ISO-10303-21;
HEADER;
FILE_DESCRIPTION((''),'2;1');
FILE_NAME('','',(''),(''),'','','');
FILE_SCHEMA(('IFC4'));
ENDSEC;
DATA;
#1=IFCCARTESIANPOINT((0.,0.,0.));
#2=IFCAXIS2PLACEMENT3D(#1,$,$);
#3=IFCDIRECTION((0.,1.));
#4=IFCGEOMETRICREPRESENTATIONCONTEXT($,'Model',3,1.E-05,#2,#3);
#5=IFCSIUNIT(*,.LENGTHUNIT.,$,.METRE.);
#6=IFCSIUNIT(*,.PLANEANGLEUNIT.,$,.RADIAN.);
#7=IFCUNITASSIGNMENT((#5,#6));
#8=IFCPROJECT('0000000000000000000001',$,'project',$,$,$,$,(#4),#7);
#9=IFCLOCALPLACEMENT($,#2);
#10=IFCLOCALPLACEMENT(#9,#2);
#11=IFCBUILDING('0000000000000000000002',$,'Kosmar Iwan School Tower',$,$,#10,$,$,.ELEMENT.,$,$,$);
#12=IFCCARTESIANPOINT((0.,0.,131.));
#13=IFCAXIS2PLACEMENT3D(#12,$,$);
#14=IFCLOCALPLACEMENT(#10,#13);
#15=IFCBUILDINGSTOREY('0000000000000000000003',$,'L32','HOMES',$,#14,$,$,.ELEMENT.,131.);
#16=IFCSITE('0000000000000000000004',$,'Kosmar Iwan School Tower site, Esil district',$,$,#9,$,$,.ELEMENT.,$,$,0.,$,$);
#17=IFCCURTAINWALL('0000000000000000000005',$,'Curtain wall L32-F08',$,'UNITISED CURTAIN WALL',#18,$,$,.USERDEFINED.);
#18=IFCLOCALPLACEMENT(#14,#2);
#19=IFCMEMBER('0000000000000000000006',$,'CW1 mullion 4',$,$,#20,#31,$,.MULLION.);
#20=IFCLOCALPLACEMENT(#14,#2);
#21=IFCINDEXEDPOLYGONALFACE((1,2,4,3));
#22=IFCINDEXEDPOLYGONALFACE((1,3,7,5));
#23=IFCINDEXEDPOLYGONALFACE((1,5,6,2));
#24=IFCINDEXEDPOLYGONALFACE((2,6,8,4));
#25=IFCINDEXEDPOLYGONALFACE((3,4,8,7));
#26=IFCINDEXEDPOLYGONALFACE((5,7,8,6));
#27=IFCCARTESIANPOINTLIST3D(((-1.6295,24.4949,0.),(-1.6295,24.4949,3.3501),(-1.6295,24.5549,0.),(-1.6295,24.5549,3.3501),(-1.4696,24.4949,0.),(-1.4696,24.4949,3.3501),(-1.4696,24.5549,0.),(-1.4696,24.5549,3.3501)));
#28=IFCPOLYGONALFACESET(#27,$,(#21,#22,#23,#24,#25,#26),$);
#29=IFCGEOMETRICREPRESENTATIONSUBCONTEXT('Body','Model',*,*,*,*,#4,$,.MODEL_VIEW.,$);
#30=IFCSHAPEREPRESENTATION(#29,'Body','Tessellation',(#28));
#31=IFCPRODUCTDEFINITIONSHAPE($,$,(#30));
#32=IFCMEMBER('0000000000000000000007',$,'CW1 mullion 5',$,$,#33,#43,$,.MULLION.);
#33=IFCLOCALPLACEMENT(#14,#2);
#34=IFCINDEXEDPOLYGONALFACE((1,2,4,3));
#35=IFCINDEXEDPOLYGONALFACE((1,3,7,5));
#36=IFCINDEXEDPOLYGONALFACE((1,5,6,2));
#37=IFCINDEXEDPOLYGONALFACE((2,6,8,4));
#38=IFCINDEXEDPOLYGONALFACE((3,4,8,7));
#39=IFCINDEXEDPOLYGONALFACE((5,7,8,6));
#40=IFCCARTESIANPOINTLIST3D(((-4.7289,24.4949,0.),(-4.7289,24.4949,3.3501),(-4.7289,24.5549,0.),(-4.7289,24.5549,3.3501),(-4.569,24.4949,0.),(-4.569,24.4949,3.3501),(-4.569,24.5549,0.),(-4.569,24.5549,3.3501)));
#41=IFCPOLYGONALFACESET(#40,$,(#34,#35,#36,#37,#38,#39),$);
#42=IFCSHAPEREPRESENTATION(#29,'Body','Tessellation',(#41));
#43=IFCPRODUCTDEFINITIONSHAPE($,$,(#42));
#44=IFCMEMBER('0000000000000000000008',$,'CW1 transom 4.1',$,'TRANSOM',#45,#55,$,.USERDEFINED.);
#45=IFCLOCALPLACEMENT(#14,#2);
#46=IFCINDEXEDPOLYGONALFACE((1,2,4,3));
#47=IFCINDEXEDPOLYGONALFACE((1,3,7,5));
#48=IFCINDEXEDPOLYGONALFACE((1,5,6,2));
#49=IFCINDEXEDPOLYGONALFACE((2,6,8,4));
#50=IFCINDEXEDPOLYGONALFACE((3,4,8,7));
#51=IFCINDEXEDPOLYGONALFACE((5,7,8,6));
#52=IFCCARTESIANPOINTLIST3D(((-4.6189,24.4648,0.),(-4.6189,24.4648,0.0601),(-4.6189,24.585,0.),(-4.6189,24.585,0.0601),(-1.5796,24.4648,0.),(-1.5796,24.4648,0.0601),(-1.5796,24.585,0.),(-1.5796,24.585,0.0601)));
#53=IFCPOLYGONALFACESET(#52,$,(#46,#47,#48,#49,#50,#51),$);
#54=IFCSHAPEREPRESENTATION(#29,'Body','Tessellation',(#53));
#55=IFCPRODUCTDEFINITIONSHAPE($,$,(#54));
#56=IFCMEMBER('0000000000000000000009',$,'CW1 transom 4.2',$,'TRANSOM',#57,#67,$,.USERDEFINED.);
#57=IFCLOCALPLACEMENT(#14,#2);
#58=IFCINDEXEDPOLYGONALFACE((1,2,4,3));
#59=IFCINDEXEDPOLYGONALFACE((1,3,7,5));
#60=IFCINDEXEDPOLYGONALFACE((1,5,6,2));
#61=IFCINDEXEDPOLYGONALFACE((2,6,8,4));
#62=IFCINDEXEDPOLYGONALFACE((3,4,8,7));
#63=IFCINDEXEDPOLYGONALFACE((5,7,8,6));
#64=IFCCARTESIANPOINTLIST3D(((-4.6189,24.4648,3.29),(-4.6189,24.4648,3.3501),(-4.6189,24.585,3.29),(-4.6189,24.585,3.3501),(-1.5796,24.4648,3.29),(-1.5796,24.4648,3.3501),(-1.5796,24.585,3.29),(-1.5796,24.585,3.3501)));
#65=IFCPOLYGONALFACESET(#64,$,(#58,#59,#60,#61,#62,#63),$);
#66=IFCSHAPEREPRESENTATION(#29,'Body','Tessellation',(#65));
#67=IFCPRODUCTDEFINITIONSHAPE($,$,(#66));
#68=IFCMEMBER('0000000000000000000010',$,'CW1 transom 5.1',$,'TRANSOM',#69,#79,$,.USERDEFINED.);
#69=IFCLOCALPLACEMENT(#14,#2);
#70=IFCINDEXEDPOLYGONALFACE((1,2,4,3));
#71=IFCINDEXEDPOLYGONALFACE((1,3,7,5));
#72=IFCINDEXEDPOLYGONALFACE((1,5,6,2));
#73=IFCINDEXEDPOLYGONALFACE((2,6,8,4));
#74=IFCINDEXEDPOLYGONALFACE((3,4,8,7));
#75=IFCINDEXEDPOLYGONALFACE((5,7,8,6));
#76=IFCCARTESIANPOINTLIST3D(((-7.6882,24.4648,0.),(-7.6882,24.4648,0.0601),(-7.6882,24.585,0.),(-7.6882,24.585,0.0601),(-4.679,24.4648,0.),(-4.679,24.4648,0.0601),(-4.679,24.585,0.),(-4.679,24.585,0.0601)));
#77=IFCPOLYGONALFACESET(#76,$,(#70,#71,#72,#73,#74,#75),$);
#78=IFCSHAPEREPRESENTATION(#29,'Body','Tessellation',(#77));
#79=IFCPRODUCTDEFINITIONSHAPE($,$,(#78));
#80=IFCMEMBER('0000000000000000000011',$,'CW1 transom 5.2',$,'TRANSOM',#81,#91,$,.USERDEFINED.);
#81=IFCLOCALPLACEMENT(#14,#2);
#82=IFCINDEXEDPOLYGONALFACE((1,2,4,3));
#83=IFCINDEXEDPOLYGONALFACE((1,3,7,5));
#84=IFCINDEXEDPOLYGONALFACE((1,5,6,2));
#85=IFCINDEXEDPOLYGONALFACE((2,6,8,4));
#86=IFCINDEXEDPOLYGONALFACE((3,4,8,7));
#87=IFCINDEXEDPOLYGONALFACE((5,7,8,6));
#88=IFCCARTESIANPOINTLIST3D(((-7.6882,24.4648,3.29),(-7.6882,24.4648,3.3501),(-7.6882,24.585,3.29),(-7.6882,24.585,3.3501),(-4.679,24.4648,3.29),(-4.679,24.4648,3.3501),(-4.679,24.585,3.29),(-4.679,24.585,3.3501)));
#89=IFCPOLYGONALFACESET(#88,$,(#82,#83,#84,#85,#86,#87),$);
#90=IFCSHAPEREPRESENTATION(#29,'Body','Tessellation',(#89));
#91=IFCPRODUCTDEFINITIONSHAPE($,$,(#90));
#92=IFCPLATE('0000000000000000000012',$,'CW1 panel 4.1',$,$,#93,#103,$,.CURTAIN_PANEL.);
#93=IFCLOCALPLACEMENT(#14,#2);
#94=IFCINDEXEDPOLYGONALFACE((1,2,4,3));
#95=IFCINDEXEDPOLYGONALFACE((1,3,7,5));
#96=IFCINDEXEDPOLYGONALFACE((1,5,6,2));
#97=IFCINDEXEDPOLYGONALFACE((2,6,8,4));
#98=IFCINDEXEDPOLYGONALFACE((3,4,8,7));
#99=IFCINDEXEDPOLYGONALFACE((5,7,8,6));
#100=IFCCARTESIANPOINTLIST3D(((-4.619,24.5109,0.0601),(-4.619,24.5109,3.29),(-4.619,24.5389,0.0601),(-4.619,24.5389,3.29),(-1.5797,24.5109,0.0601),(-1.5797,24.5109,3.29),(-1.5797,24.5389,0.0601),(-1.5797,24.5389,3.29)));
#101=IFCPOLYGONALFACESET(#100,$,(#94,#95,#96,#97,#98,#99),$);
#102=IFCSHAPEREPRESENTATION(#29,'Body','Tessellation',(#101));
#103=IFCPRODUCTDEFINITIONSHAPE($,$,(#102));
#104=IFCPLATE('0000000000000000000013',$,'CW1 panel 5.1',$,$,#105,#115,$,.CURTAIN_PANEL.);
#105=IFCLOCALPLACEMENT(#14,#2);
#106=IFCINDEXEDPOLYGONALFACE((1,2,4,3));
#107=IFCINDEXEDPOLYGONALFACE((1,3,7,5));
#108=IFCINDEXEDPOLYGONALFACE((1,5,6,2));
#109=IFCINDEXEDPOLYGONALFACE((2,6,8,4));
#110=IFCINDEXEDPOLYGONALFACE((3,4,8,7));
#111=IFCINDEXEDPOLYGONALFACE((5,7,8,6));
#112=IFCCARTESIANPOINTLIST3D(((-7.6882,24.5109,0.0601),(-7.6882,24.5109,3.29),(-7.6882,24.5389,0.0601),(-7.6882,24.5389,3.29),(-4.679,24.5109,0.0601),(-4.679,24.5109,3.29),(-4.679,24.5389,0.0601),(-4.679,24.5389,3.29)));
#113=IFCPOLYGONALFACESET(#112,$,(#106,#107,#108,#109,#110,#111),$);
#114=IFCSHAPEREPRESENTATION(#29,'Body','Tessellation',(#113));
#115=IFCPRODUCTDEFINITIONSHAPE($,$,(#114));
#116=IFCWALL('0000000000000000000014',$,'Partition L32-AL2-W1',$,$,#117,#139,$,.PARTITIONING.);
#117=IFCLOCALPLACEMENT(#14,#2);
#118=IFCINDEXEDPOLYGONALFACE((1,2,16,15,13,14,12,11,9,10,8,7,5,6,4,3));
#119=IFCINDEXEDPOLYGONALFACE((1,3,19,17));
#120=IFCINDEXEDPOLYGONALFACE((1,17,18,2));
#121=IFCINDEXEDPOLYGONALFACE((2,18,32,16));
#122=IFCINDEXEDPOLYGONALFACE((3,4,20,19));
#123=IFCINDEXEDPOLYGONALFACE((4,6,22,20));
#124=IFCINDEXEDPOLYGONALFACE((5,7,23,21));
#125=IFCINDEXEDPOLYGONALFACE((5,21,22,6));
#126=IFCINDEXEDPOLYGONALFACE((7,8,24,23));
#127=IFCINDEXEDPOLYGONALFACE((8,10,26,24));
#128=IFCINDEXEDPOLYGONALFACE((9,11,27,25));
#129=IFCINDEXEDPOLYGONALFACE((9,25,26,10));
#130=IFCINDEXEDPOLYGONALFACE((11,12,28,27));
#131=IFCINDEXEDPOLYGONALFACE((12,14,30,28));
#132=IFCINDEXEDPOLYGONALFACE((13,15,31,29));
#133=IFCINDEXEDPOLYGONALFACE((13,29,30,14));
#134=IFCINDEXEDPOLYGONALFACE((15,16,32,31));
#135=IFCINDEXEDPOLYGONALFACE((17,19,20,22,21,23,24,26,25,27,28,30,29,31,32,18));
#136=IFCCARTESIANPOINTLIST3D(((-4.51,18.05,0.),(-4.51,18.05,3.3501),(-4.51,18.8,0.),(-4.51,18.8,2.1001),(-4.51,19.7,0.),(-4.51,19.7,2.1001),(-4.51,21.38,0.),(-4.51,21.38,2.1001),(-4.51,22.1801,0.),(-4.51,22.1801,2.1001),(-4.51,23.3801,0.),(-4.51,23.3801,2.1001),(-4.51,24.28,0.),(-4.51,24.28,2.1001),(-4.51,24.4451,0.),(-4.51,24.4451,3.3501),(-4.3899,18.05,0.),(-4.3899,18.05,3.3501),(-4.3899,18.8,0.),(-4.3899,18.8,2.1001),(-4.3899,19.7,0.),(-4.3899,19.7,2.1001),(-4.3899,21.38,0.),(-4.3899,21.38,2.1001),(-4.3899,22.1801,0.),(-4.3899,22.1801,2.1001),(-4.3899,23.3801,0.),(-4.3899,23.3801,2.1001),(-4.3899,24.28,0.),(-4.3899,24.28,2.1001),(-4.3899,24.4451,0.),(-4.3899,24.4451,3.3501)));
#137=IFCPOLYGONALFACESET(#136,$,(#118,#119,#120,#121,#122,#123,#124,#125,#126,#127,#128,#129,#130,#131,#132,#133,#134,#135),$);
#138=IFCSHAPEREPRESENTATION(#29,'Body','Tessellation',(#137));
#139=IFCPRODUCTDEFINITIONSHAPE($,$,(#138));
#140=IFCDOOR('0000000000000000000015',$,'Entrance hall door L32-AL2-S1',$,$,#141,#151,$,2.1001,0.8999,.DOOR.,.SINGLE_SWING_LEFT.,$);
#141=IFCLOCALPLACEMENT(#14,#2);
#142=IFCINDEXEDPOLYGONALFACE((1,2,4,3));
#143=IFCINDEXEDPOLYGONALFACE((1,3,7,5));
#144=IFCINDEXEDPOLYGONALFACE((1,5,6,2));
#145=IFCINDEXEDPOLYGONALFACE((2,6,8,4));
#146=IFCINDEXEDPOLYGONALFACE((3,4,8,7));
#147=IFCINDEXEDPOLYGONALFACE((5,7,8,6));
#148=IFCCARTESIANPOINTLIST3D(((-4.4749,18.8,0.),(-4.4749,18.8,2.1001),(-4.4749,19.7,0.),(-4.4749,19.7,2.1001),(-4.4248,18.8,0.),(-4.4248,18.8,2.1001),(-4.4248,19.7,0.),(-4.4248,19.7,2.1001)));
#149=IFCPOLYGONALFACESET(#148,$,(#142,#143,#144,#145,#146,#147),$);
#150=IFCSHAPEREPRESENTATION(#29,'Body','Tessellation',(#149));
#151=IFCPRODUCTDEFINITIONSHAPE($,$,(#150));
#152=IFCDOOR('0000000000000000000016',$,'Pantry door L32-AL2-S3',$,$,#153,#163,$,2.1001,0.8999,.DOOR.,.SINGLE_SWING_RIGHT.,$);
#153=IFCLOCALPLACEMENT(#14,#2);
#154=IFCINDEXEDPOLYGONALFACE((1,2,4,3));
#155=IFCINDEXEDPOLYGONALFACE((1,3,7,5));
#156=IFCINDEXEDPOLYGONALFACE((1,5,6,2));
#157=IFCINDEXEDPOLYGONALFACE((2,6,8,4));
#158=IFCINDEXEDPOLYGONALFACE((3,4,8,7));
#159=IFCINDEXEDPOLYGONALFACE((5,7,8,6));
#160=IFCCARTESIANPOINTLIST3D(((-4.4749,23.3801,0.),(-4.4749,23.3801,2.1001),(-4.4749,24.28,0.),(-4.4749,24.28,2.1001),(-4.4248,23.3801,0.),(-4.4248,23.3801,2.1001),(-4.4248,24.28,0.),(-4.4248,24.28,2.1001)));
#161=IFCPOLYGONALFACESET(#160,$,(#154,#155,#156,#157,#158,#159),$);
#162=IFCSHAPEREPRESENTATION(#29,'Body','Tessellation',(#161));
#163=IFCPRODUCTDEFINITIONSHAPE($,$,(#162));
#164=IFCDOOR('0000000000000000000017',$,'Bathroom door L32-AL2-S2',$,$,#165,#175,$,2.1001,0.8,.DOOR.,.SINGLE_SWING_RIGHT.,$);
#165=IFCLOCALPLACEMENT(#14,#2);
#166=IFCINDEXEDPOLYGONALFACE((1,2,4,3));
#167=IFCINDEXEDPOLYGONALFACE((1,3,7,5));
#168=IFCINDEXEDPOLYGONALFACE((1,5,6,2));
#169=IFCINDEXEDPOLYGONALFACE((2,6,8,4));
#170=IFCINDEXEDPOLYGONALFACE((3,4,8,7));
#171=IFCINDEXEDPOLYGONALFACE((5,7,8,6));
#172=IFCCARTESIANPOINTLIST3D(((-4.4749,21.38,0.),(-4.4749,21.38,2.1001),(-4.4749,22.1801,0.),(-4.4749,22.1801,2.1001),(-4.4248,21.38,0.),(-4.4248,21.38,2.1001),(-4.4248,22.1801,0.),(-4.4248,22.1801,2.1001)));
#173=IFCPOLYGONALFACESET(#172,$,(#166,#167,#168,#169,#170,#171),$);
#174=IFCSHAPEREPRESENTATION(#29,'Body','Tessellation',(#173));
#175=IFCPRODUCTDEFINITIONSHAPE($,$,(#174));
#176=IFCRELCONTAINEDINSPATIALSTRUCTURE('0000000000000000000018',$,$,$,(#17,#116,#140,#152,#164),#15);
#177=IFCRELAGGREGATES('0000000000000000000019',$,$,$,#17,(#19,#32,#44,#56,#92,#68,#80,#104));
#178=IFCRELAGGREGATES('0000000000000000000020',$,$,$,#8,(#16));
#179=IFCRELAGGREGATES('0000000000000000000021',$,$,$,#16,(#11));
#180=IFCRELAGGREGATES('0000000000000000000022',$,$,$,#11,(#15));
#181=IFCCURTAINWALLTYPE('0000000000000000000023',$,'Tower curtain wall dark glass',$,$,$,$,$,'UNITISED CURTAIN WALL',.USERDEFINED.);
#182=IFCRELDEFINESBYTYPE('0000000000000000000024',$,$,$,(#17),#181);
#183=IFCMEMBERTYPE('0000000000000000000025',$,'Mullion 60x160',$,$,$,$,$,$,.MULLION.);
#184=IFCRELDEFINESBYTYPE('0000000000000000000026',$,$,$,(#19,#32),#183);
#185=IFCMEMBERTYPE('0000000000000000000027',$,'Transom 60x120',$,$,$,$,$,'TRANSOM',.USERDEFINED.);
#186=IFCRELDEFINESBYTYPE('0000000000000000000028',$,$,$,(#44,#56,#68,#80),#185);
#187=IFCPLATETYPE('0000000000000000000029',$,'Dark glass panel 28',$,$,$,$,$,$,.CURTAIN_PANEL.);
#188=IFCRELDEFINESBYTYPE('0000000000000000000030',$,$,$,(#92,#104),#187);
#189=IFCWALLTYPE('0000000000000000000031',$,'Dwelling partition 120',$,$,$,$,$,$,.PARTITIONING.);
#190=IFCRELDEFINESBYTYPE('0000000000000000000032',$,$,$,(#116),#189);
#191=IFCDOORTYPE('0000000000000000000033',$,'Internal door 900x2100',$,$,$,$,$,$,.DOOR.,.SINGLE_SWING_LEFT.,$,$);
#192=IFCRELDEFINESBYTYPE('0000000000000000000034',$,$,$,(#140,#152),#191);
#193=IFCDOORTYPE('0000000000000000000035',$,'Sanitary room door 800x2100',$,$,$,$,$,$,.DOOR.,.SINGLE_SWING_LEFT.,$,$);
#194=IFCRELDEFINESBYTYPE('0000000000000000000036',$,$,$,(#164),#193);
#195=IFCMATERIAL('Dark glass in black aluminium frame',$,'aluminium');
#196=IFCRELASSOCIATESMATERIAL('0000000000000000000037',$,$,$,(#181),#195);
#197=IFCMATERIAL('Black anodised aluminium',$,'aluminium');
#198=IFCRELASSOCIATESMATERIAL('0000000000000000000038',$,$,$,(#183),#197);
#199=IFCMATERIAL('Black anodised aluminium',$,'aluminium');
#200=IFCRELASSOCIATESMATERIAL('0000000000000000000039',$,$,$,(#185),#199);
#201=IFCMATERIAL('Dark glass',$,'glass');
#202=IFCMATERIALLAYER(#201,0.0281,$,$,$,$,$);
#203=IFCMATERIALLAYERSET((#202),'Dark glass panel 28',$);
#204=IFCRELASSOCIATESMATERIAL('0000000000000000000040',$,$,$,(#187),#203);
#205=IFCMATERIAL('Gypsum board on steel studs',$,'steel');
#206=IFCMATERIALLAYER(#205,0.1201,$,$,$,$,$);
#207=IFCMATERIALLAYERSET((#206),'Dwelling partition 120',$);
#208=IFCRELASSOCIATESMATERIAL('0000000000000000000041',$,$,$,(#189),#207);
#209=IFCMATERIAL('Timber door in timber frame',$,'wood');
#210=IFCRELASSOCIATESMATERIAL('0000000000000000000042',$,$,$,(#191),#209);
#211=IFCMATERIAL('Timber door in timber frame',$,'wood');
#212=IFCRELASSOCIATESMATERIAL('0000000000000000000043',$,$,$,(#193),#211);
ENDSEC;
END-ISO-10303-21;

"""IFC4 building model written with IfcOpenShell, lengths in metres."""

from ifc_helpers import new_model, si_unit, direction, frame, frame_2d, origin, origin_2d, place, context, subcontext, project, spatial, rectangle, extrude, material, layer, layer_set, material_profile, profile_set, type_object, element, fill, aggregate, save


model = new_model("IFC4")

# Units and contexts
model_context = context("Model", 3, precision=1e-05, world=origin(), true_north=direction((0.0, 1.0)))
body_context = subcontext(model_context, "Body", "Model", "MODEL_VIEW")
ifc_project = project(units=[si_unit("LENGTHUNIT", "METRE"), si_unit("PLANEANGLEUNIT", "RADIAN")], contexts=[model_context])

# Site, building, storey
site_placement = place(None, origin())
site = spatial("IfcSite", under=ifc_project, at=site_placement, Name="Kosmar Iwan School Tower site, Esil district", CompositionType="ELEMENT", RefElevation=0.0)
building_placement = place(site_placement, origin())
building = spatial("IfcBuilding", under=site, at=building_placement, Name="Kosmar Iwan School Tower", CompositionType="ELEMENT")
storey_placement = place(building_placement, frame((0.0, 0.0, 131.0)))
storey = spatial("IfcBuildingStorey", under=building, at=storey_placement, Name="L32", Description="HOMES", CompositionType="ELEMENT", Elevation=131.0)

# Curtain wall, members, plates
ifc_material_1 = material(Name="Dark glass in black aluminium frame", Category="aluminium")
curtain_wall_type = type_object("IfcCurtainWallType", Name="Tower curtain wall dark glass", ElementType="UNITISED CURTAIN WALL", PredefinedType="USERDEFINED", material=ifc_material_1)
curtain_wall_placement = place(storey_placement, origin())
curtain_wall = element("IfcCurtainWall", 1, at=curtain_wall_placement, inside=storey, type_object=curtain_wall_type, Name="Curtain wall L32-F08", ObjectType="UNITISED CURTAIN WALL", PredefinedType="USERDEFINED")
ifc_material_2 = material(Name="Black anodised aluminium", Category="aluminium")
ifc_material_profile_1 = material_profile(ifc_material_2, rectangle(XDim=0.0601, YDim=0.1599, at=origin_2d()), Name="MULLION 60x160")
ifc_profile_set_1 = profile_set([ifc_material_profile_1], Name="Black anodised aluminium")
member_type_1 = type_object("IfcMemberType", Name="Mullion 60x160", PredefinedType="MULLION", material=ifc_profile_set_1)
member_1_placement = place(storey_placement, frame((-1.5496, 24.5249, 0.0), z_axis=(0.0, 0.0, 1.0), x_axis=(0.0, -1.0, 0.0)))
member_1 = element("IfcMember", 2, at=member_1_placement, type_object=member_type_1, Name="CW1 mullion 4", PredefinedType="MULLION", context=body_context, shape_type="SweptSolid", body=[
    extrude(rectangle(XDim=0.0601, YDim=0.1599, at=origin_2d()), origin(), (0.0, 0.0, 1.0), 3.3501),
])
member_2_placement = place(storey_placement, frame((-4.6489, 24.5249, 0.0), z_axis=(0.0, 0.0, 1.0), x_axis=(0.0, -1.0, 0.0)))
member_2 = element("IfcMember", 3, at=member_2_placement, type_object=member_type_1, Name="CW1 mullion 5", PredefinedType="MULLION", context=body_context, shape_type="SweptSolid", body=[
    extrude(rectangle(XDim=0.0601, YDim=0.1599, at=origin_2d()), origin(), (0.0, 0.0, 1.0), 3.3501),
])
ifc_material_3 = material(Name="Black anodised aluminium", Category="aluminium")
ifc_material_profile_2 = material_profile(ifc_material_3, rectangle(XDim=0.1201, YDim=0.0601, at=origin_2d()), Name="TRANSOM 60x120")
ifc_profile_set_2 = profile_set([ifc_material_profile_2], Name="Black anodised aluminium")
member_type_2 = type_object("IfcMemberType", Name="Transom 60x120", ElementType="TRANSOM", PredefinedType="USERDEFINED", material=ifc_profile_set_2)
member_3_placement = place(storey_placement, frame((-1.5796, 24.5249, 0.03), z_axis=(-1.0, 0.0, 0.0), x_axis=(0.0, -1.0, 0.0)))
member_3 = element("IfcMember", 4, at=member_3_placement, type_object=member_type_2, Name="CW1 transom 4.1", ObjectType="TRANSOM", PredefinedType="USERDEFINED", context=body_context, shape_type="SweptSolid", body=[
    extrude(rectangle(XDim=0.1201, YDim=0.0601, at=origin_2d()), origin(), (0.0, 0.0, 1.0), 3.0393),
])
member_4_placement = place(storey_placement, frame((-1.5796, 24.5249, 3.3201), z_axis=(-1.0, 0.0, 0.0), x_axis=(0.0, -1.0, 0.0)))
member_4 = element("IfcMember", 5, at=member_4_placement, type_object=member_type_2, Name="CW1 transom 4.2", ObjectType="TRANSOM", PredefinedType="USERDEFINED", context=body_context, shape_type="SweptSolid", body=[
    extrude(rectangle(XDim=0.1201, YDim=0.0601, at=origin_2d()), origin(), (0.0, 0.0, 1.0), 3.0393),
])
member_5_placement = place(storey_placement, frame((-4.679, 24.5249, 0.03), z_axis=(-1.0, 0.0, 0.0), x_axis=(0.0, -1.0, 0.0)))
member_5 = element("IfcMember", 6, at=member_5_placement, type_object=member_type_2, Name="CW1 transom 5.1", ObjectType="TRANSOM", PredefinedType="USERDEFINED", context=body_context, shape_type="SweptSolid", body=[
    extrude(rectangle(XDim=0.1201, YDim=0.0601, at=origin_2d()), origin(), (0.0, 0.0, 1.0), 3.0093),
])
member_6_placement = place(storey_placement, frame((-4.679, 24.5249, 3.3201), z_axis=(-1.0, 0.0, 0.0), x_axis=(0.0, -1.0, 0.0)))
member_6 = element("IfcMember", 7, at=member_6_placement, type_object=member_type_2, Name="CW1 transom 5.2", ObjectType="TRANSOM", PredefinedType="USERDEFINED", context=body_context, shape_type="SweptSolid", body=[
    extrude(rectangle(XDim=0.1201, YDim=0.0601, at=origin_2d()), origin(), (0.0, 0.0, 1.0), 3.0093),
])
ifc_material_4 = material(Name="Dark glass", Category="glass")
ifc_layer_1 = layer(ifc_material_4, 0.0281)
ifc_layer_set_1 = layer_set([ifc_layer_1], Name="Dark glass panel 28")
plate_type = type_object("IfcPlateType", Name="Dark glass panel 28", PredefinedType="CURTAIN_PANEL", material=ifc_layer_set_1)
plate_1_placement = place(storey_placement, frame((-3.0994, 24.5249, 0.0601), z_axis=(0.0, 0.0, 1.0), x_axis=(-1.0, 0.0, 0.0)))
plate_1 = element("IfcPlate", 8, at=plate_1_placement, type_object=plate_type, Name="CW1 panel 4.1", PredefinedType="CURTAIN_PANEL", context=body_context, shape_type="SweptSolid", body=[
    extrude(rectangle(XDim=3.0393, YDim=0.0281, at=origin_2d()), origin(), (0.0, 0.0, 1.0), 3.23),
])
plate_2_placement = place(storey_placement, frame((-6.1836, 24.5249, 0.0601), z_axis=(0.0, 0.0, 1.0), x_axis=(-1.0, 0.0, 0.0)))
plate_2 = element("IfcPlate", 9, at=plate_2_placement, type_object=plate_type, Name="CW1 panel 5.1", PredefinedType="CURTAIN_PANEL", context=body_context, shape_type="SweptSolid", body=[
    extrude(rectangle(XDim=3.0093, YDim=0.0281, at=origin_2d()), origin(), (0.0, 0.0, 1.0), 3.23),
])
aggregate(curtain_wall, [member_1, member_2, member_3, member_4, plate_1, member_5, member_6, plate_2])

# Wall, openings, doors
ifc_material_5 = material(Name="Gypsum board on steel studs", Category="steel")
ifc_layer_2 = layer(ifc_material_5, 0.1201)
ifc_layer_set_2 = layer_set([ifc_layer_2], Name="Dwelling partition 120")
wall_type = type_object("IfcWallType", Name="Dwelling partition 120", PredefinedType="PARTITIONING", material=ifc_layer_set_2)
wall_1_placement = place(storey_placement, frame((-4.45, 18.05, 0.0), z_axis=(0.0, 0.0, 1.0), x_axis=(0.0, 1.0, 0.0)))
wall_1 = element("IfcWall", 10, at=wall_1_placement, inside=storey, type_object=wall_type, Name="Partition L32-AL2-W1", PredefinedType="PARTITIONING", context=body_context, shape_type="SweptSolid", body=[
    extrude(rectangle(XDim=6.395, YDim=0.1201, at=frame_2d((3.1975, 0.0))), origin(), (0.0, 0.0, 1.0), 3.3501),
])
opening_1_placement = place(wall_1_placement, frame((0.75, 0.0, 0.0)))
opening_1 = element("IfcOpeningElement", 11, at=opening_1_placement, cuts=wall_1, PredefinedType="OPENING", context=body_context, shape_type="SweptSolid", body=[
    extrude(rectangle(XDim=0.8999, YDim=2.1001, at=frame_2d((0.45, 1.05))), frame((0.0, 0.072, 0.0), z_axis=(0.0, -1.0, 0.0), x_axis=(1.0, 0.0, 0.0)), (0.0, 0.0, 1.0), 0.144),
])
opening_2_placement = place(wall_1_placement, frame((3.3301, 0.0, 0.0)))
opening_2 = element("IfcOpeningElement", 12, at=opening_2_placement, cuts=wall_1, PredefinedType="OPENING", context=body_context, shape_type="SweptSolid", body=[
    extrude(rectangle(XDim=0.8, YDim=2.1001, at=frame_2d((0.3999, 1.05))), frame((0.0, 0.072, 0.0), z_axis=(0.0, -1.0, 0.0), x_axis=(1.0, 0.0, 0.0)), (0.0, 0.0, 1.0), 0.144),
])
opening_3_placement = place(wall_1_placement, frame((5.3301, 0.0, 0.0)))
opening_3 = element("IfcOpeningElement", 13, at=opening_3_placement, cuts=wall_1, PredefinedType="OPENING", context=body_context, shape_type="SweptSolid", body=[
    extrude(rectangle(XDim=0.8999, YDim=2.1001, at=frame_2d((0.45, 1.05))), frame((0.0, 0.072, 0.0), z_axis=(0.0, -1.0, 0.0), x_axis=(1.0, 0.0, 0.0)), (0.0, 0.0, 1.0), 0.144),
])
ifc_material_6 = material(Name="Timber door in timber frame", Category="wood")
door_type_1 = type_object("IfcDoorType", Name="Internal door 900x2100", OperationType="SINGLE_SWING_LEFT", PredefinedType="DOOR", material=ifc_material_6)
door_1_placement = place(opening_1_placement, origin())
door_1 = element("IfcDoor", 14, at=door_1_placement, inside=storey, type_object=door_type_1, Name="Entrance hall door L32-AL2-S1", OperationType="SINGLE_SWING_LEFT", OverallHeight=2.1001, OverallWidth=0.8999, PredefinedType="DOOR", context=body_context, shape_type="SweptSolid", body=[
    extrude(rectangle(XDim=0.8999, YDim=2.1001, at=frame_2d((0.45, 1.05))), frame((0.0, 0.0249, 0.0), z_axis=(0.0, -1.0, 0.0), x_axis=(1.0, 0.0, 0.0)), (0.0, 0.0, 1.0), 0.05),
])
fill(opening_1, door_1)
door_2_placement = place(opening_3_placement, origin())
door_2 = element("IfcDoor", 15, at=door_2_placement, inside=storey, type_object=door_type_1, Name="Pantry door L32-AL2-S3", OperationType="SINGLE_SWING_RIGHT", OverallHeight=2.1001, OverallWidth=0.8999, PredefinedType="DOOR", context=body_context, shape_type="SweptSolid", body=[
    extrude(rectangle(XDim=0.8999, YDim=2.1001, at=frame_2d((0.45, 1.05))), frame((0.0, 0.0249, 0.0), z_axis=(0.0, -1.0, 0.0), x_axis=(1.0, 0.0, 0.0)), (0.0, 0.0, 1.0), 0.05),
])
fill(opening_3, door_2)
ifc_material_7 = material(Name="Timber door in timber frame", Category="wood")
door_type_2 = type_object("IfcDoorType", Name="Sanitary room door 800x2100", OperationType="SINGLE_SWING_LEFT", PredefinedType="DOOR", material=ifc_material_7)
door_3_placement = place(opening_2_placement, origin())
door_3 = element("IfcDoor", 16, at=door_3_placement, inside=storey, type_object=door_type_2, Name="Bathroom door L32-AL2-S2", OperationType="SINGLE_SWING_RIGHT", OverallHeight=2.1001, OverallWidth=0.8, PredefinedType="DOOR", context=body_context, shape_type="SweptSolid", body=[
    extrude(rectangle(XDim=0.8, YDim=2.1001, at=frame_2d((0.3999, 1.05))), frame((0.0, 0.0249, 0.0), z_axis=(0.0, -1.0, 0.0), x_axis=(1.0, 0.0, 0.0)), (0.0, 0.0, 1.0), 0.05),
])
fill(opening_2, door_3)

save(model, "model.ifc")
